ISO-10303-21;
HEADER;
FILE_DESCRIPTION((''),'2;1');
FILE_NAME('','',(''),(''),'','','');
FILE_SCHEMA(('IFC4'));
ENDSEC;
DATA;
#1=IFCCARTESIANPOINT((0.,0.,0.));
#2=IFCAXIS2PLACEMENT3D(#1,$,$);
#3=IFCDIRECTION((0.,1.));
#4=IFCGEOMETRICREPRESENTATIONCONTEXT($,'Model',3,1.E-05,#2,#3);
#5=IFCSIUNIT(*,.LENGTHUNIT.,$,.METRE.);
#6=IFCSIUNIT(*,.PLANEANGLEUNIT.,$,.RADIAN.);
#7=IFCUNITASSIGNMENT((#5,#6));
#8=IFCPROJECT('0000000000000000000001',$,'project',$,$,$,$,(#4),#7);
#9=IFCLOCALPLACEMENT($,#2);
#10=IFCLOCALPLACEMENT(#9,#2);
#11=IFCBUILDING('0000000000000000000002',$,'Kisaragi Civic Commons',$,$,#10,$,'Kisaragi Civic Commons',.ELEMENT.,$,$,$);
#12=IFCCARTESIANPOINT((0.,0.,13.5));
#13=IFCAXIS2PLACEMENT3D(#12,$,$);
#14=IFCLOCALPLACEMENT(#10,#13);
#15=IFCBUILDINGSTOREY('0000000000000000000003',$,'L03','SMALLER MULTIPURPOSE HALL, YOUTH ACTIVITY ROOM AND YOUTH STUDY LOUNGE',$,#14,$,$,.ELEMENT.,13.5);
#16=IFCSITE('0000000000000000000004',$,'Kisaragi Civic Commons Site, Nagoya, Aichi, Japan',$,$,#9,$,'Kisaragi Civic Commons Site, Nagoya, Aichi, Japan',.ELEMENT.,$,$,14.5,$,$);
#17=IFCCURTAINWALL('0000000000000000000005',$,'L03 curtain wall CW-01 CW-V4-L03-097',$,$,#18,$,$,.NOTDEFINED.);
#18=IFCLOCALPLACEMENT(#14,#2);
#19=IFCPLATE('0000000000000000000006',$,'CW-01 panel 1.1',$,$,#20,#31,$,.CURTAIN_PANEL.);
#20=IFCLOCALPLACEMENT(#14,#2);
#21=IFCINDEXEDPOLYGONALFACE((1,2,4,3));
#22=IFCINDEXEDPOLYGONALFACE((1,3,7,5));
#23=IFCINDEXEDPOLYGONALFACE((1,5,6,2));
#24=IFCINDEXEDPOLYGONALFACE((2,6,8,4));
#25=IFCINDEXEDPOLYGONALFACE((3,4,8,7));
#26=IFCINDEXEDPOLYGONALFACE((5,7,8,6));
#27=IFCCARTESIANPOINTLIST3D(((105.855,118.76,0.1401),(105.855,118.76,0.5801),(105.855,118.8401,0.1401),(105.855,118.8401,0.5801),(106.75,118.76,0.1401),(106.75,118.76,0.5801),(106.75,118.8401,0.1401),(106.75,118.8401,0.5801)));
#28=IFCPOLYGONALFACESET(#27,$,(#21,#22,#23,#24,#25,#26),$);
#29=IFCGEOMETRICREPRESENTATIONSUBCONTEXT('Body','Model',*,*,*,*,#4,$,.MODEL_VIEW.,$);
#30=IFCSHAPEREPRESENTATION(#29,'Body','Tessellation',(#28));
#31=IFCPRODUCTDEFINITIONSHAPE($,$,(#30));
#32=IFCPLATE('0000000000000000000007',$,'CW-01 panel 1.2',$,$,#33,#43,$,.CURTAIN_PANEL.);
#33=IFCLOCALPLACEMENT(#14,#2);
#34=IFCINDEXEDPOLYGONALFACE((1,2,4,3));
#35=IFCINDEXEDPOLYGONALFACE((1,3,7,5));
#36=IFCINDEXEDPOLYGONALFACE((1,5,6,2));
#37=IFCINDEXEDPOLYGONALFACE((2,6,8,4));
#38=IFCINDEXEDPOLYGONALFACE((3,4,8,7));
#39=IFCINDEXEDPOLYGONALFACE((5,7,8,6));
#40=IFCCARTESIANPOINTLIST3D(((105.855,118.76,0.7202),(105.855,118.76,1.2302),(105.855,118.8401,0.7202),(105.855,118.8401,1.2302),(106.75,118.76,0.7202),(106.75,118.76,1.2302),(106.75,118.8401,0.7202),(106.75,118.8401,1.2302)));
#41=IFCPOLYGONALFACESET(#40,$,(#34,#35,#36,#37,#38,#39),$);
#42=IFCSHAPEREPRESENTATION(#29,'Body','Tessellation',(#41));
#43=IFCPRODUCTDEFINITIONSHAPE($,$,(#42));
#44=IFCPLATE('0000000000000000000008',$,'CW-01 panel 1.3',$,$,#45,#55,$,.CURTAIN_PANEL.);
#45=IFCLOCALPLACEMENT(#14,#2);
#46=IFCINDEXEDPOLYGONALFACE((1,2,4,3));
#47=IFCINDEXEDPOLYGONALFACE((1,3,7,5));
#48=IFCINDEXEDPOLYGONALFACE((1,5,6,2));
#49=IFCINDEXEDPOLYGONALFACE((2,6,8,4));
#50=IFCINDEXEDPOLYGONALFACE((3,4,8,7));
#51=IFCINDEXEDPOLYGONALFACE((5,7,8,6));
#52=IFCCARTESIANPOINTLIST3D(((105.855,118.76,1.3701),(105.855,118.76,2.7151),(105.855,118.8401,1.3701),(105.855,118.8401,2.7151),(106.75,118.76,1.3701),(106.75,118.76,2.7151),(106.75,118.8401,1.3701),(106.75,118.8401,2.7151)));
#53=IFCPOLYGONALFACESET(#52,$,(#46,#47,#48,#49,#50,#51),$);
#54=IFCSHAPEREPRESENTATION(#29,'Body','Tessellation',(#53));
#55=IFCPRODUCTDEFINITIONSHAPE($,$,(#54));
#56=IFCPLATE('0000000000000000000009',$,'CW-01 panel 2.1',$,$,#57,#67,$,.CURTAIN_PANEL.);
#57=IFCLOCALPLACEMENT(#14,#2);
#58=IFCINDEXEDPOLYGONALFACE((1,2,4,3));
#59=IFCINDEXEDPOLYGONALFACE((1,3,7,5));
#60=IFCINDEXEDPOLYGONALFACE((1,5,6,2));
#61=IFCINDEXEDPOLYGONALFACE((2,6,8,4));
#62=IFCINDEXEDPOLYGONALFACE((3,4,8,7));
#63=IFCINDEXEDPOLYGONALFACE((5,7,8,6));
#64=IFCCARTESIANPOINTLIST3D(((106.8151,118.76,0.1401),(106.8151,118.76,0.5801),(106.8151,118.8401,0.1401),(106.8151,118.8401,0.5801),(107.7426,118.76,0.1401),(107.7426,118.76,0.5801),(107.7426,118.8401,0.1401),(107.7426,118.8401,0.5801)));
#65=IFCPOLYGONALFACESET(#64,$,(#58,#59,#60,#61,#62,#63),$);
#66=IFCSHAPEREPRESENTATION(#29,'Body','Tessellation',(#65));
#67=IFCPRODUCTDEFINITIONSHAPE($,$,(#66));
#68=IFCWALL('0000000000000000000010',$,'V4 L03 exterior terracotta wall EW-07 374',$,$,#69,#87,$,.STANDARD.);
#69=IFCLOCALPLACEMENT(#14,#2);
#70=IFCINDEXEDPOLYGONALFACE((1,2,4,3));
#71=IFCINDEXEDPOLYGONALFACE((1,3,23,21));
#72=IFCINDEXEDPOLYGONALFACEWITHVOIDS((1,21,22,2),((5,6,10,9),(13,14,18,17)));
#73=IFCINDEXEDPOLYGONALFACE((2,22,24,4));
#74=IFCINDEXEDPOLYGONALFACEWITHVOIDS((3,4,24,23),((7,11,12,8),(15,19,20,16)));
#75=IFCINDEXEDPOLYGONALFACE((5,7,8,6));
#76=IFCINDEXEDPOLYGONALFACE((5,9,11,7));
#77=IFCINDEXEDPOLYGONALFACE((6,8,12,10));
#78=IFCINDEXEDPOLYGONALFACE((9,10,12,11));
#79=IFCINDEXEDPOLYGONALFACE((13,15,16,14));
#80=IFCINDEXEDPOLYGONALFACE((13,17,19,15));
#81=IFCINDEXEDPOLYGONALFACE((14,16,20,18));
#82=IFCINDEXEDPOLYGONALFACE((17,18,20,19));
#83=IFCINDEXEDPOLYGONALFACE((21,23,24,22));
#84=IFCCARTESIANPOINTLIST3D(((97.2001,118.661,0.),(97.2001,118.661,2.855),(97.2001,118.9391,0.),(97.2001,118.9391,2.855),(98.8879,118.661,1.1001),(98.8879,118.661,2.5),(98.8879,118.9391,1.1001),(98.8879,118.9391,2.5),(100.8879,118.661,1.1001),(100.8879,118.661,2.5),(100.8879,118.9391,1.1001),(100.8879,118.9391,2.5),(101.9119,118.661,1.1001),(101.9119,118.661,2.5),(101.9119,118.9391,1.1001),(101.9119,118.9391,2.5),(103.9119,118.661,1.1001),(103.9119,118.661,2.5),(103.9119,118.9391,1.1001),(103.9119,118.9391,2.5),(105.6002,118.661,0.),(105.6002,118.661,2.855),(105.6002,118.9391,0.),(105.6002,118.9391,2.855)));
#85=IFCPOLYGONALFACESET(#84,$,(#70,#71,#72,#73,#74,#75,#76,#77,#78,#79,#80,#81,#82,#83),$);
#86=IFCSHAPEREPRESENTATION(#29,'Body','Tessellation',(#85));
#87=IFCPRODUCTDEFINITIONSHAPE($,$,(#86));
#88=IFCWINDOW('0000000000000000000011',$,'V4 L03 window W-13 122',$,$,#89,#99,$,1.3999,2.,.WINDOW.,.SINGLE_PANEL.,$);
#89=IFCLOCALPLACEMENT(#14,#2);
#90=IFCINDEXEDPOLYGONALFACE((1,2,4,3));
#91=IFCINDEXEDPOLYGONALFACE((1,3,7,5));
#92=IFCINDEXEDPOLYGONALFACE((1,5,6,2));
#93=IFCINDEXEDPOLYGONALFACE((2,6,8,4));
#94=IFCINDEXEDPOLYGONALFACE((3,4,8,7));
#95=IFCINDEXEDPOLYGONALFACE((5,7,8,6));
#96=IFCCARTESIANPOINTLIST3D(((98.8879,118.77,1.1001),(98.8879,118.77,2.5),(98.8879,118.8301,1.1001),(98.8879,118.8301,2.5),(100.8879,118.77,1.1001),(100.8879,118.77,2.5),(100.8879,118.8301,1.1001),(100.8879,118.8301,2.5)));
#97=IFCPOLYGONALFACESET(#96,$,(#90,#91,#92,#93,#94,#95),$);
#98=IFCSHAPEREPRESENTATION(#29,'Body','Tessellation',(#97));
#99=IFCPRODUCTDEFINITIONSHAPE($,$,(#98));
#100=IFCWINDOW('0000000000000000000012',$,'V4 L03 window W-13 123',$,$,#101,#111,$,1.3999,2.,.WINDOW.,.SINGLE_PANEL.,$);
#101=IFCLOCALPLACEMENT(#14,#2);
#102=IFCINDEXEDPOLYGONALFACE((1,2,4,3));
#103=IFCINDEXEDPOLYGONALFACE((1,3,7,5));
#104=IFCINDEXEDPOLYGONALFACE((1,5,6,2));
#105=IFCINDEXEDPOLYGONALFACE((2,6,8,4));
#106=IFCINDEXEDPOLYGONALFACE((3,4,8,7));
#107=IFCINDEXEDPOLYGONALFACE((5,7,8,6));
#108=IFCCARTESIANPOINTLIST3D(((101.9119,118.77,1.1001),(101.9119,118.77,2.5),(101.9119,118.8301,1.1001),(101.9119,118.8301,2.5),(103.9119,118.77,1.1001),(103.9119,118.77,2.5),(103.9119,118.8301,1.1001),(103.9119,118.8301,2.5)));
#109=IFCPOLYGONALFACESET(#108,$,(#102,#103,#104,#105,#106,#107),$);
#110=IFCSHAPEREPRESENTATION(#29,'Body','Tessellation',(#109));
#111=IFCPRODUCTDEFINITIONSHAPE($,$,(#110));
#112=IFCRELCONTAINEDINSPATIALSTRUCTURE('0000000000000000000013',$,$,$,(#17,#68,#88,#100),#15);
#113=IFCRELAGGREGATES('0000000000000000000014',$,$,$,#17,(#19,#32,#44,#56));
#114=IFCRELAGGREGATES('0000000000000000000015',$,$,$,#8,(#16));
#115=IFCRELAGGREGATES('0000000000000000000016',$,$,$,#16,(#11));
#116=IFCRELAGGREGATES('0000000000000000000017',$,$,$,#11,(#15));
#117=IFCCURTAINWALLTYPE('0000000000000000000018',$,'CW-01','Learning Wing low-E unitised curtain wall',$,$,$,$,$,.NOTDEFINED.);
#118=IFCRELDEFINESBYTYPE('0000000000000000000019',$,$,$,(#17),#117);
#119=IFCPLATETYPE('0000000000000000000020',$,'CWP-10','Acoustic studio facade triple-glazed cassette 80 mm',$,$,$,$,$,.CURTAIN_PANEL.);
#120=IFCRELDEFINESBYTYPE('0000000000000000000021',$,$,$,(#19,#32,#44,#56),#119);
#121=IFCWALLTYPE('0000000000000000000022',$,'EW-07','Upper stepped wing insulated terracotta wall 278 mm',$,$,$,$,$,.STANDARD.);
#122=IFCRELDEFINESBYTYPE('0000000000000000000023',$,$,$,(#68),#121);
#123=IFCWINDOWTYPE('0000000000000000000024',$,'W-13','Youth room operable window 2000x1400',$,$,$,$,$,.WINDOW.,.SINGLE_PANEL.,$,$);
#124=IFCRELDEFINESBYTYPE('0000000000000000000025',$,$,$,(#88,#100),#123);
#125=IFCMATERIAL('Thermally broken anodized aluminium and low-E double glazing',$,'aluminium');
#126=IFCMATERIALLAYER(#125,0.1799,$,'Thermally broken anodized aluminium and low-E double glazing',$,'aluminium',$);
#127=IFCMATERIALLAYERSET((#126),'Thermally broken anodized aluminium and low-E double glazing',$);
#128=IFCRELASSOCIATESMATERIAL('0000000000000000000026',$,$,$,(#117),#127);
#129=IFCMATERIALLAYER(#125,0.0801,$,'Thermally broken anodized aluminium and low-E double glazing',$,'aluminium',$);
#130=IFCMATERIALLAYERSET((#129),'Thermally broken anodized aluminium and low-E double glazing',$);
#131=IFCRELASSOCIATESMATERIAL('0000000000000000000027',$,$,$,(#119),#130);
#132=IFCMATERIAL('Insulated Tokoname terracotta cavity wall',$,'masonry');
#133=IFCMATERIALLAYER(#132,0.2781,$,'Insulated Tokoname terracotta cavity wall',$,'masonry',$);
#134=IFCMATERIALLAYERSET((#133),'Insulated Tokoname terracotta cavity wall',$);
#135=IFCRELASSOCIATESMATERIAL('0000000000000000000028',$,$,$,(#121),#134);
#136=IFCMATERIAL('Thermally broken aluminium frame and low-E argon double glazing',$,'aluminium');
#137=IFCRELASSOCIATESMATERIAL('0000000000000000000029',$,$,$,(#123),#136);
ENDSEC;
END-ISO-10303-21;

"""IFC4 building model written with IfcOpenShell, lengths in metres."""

from ifc_helpers import new_model, si_unit, direction, frame, frame_2d, origin, origin_2d, place, context, subcontext, project, spatial, rectangle, extrude, material, layer, layer_set, type_object, element, fill, aggregate, save


model = new_model("IFC4")

# Units and contexts
model_context = context("Model", 3, precision=1e-05, world=origin(), true_north=direction((0.0, 1.0)))
body_context = subcontext(model_context, "Body", "Model", "MODEL_VIEW")
ifc_project = project(units=[si_unit("LENGTHUNIT", "METRE"), si_unit("PLANEANGLEUNIT", "RADIAN")], contexts=[model_context])

# Site, building, storey
site_placement = place(None, origin())
site = spatial("IfcSite", under=ifc_project, at=site_placement, Name="Kisaragi Civic Commons Site, Nagoya, Aichi, Japan", LongName="Kisaragi Civic Commons Site, Nagoya, Aichi, Japan", CompositionType="ELEMENT", RefElevation=14.5)
building_placement = place(site_placement, origin())
building = spatial("IfcBuilding", under=site, at=building_placement, Name="Kisaragi Civic Commons", LongName="Kisaragi Civic Commons", CompositionType="ELEMENT")
storey_placement = place(building_placement, frame((0.0, 0.0, 13.5)))
storey = spatial("IfcBuildingStorey", under=building, at=storey_placement, Name="L03", Description="SMALLER MULTIPURPOSE HALL, YOUTH ACTIVITY ROOM AND YOUTH STUDY LOUNGE", CompositionType="ELEMENT", Elevation=13.5)

# Shared definitions
ifc_material_1 = material(Name="Thermally broken anodized aluminium and low-E double glazing", Category="aluminium")
ifc_layer_1 = layer(ifc_material_1, 0.1799, Name="Thermally broken anodized aluminium and low-E double glazing", Category="aluminium")
ifc_layer_set_1 = layer_set([ifc_layer_1], Name="Thermally broken anodized aluminium and low-E double glazing")
curtain_wall_type = type_object("IfcCurtainWallType", Name="CW-01", Description="Learning Wing low-E unitised curtain wall", PredefinedType="NOTDEFINED", material=ifc_layer_set_1)

# Curtain wall
curtain_wall_1_placement = place(storey_placement, origin())
curtain_wall_1 = element("IfcCurtainWall", 1, at=curtain_wall_1_placement, inside=storey, type_object=curtain_wall_type, Name="L03 curtain wall CW-01 CW-V4-L03-097", PredefinedType="NOTDEFINED")

# Plates
ifc_layer_2 = layer(ifc_material_1, 0.0801, Name="Thermally broken anodized aluminium and low-E double glazing", Category="aluminium")
ifc_layer_set_2 = layer_set([ifc_layer_2], Name="Thermally broken anodized aluminium and low-E double glazing")
plate_type_1 = type_object("IfcPlateType", Name="CWP-10", Description="Acoustic studio facade triple-glazed cassette 80 mm", PredefinedType="CURTAIN_PANEL", material=ifc_layer_set_2)
plate_1_placement = place(storey_placement, frame((106.3025, 118.8, 0.1401), z_axis=(0.0, 0.0, 1.0), x_axis=(1.0, 0.0, 0.0)))
plate_1 = element("IfcPlate", 2, at=plate_1_placement, type_object=plate_type_1, Name="CW-01 panel 1.1", PredefinedType="CURTAIN_PANEL", context=body_context, shape_type="SweptSolid", body=[
    extrude(rectangle(XDim=0.895, YDim=0.0801, at=origin_2d()), origin(), (0.0, 0.0, 1.0), 0.4399),
])
plate_2_placement = place(storey_placement, frame((106.3025, 118.8, 0.7202), z_axis=(0.0, 0.0, 1.0), x_axis=(1.0, 0.0, 0.0)))
plate_2 = element("IfcPlate", 3, at=plate_2_placement, type_object=plate_type_1, Name="CW-01 panel 1.2", PredefinedType="CURTAIN_PANEL", context=body_context, shape_type="SweptSolid", body=[
    extrude(rectangle(XDim=0.895, YDim=0.0801, at=origin_2d()), origin(), (0.0, 0.0, 1.0), 0.51),
])
plate_3_placement = place(storey_placement, frame((106.3025, 118.8, 1.3701), z_axis=(0.0, 0.0, 1.0), x_axis=(1.0, 0.0, 0.0)))
plate_3 = element("IfcPlate", 4, at=plate_3_placement, type_object=plate_type_1, Name="CW-01 panel 1.3", PredefinedType="CURTAIN_PANEL", context=body_context, shape_type="SweptSolid", body=[
    extrude(rectangle(XDim=0.895, YDim=0.0801, at=origin_2d()), origin(), (0.0, 0.0, 1.0), 1.345),
])
plate_4_placement = place(storey_placement, frame((107.2788, 118.8, 0.1401), z_axis=(0.0, 0.0, 1.0), x_axis=(1.0, 0.0, 0.0)))
plate_4 = element("IfcPlate", 5, at=plate_4_placement, type_object=plate_type_1, Name="CW-01 panel 2.1", PredefinedType="CURTAIN_PANEL", context=body_context, shape_type="SweptSolid", body=[
    extrude(rectangle(XDim=0.9275, YDim=0.0801, at=origin_2d()), origin(), (0.0, 0.0, 1.0), 0.4399),
])
aggregate(curtain_wall_1, [plate_1, plate_2, plate_3, plate_4])

# Wall, openings, windows
ifc_material_2 = material(Name="Insulated Tokoname terracotta cavity wall", Category="masonry")
ifc_layer_3 = layer(ifc_material_2, 0.2781, Name="Insulated Tokoname terracotta cavity wall", Category="masonry")
ifc_layer_set_3 = layer_set([ifc_layer_3], Name="Insulated Tokoname terracotta cavity wall")
wall_type = type_object("IfcWallType", Name="EW-07", Description="Upper stepped wing insulated terracotta wall 278 mm", PredefinedType="STANDARD", material=ifc_layer_set_3)
wall_placement = place(storey_placement, frame((97.2, 118.8, 0.0), z_axis=(0.0, 0.0, 1.0), x_axis=(1.0, 0.0, 0.0)))
wall = element("IfcWall", 6, at=wall_placement, inside=storey, type_object=wall_type, Name="V4 L03 exterior terracotta wall EW-07 374", PredefinedType="STANDARD", context=body_context, shape_type="SweptSolid", body=[
    extrude(rectangle(XDim=8.4001, YDim=0.2781, at=frame_2d((4.2002, 0.0))), origin(), (0.0, 0.0, 1.0), 2.855),
])
opening_1_placement = place(wall_placement, frame((1.688, 0.0, 1.1001)))
opening_1 = element("IfcOpeningElement", 7, at=opening_1_placement, cuts=wall, PredefinedType="OPENING", context=body_context, shape_type="SweptSolid", body=[
    extrude(rectangle(XDim=2.0, YDim=1.3999, at=frame_2d((1.0, 0.7))), frame((0.0, 0.1489, 0.0), z_axis=(0.0, -1.0, 0.0), x_axis=(1.0, 0.0, 0.0)), (0.0, 0.0, 1.0), 0.2981),
])
opening_2_placement = place(wall_placement, frame((4.7119, 0.0, 1.1001)))
opening_2 = element("IfcOpeningElement", 8, at=opening_2_placement, cuts=wall, PredefinedType="OPENING", context=body_context, shape_type="SweptSolid", body=[
    extrude(rectangle(XDim=2.0, YDim=1.3999, at=frame_2d((1.0, 0.7))), frame((0.0, 0.1489, 0.0), z_axis=(0.0, -1.0, 0.0), x_axis=(1.0, 0.0, 0.0)), (0.0, 0.0, 1.0), 0.2981),
])
ifc_material_3 = material(Name="Thermally broken aluminium frame and low-E argon double glazing", Category="aluminium")
window_type = type_object("IfcWindowType", Name="W-13", Description="Youth room operable window 2000x1400", PartitioningType="SINGLE_PANEL", PredefinedType="WINDOW", material=ifc_material_3)
window_1_placement = place(opening_1_placement, origin())
window_1 = element("IfcWindow", 9, at=window_1_placement, inside=storey, type_object=window_type, Name="V4 L03 window W-13 122", OverallHeight=1.3999, OverallWidth=2.0, PartitioningType="SINGLE_PANEL", PredefinedType="WINDOW", context=body_context, shape_type="SweptSolid", body=[
    extrude(rectangle(XDim=2.0, YDim=1.3999, at=frame_2d((1.0, 0.7))), frame((0.0, 0.03, 0.0), z_axis=(0.0, -1.0, 0.0), x_axis=(1.0, 0.0, 0.0)), (0.0, 0.0, 1.0), 0.0601),
])
fill(opening_1, window_1)
window_2_placement = place(opening_2_placement, origin())
window_2 = element("IfcWindow", 10, at=window_2_placement, inside=storey, type_object=window_type, Name="V4 L03 window W-13 123", OverallHeight=1.3999, OverallWidth=2.0, PartitioningType="SINGLE_PANEL", PredefinedType="WINDOW", context=body_context, shape_type="SweptSolid", body=[
    extrude(rectangle(XDim=2.0, YDim=1.3999, at=frame_2d((1.0, 0.7))), frame((0.0, 0.03, 0.0), z_axis=(0.0, -1.0, 0.0), x_axis=(1.0, 0.0, 0.0)), (0.0, 0.0, 1.0), 0.0601),
])
fill(opening_2, window_2)

save(model, "model.ifc")
